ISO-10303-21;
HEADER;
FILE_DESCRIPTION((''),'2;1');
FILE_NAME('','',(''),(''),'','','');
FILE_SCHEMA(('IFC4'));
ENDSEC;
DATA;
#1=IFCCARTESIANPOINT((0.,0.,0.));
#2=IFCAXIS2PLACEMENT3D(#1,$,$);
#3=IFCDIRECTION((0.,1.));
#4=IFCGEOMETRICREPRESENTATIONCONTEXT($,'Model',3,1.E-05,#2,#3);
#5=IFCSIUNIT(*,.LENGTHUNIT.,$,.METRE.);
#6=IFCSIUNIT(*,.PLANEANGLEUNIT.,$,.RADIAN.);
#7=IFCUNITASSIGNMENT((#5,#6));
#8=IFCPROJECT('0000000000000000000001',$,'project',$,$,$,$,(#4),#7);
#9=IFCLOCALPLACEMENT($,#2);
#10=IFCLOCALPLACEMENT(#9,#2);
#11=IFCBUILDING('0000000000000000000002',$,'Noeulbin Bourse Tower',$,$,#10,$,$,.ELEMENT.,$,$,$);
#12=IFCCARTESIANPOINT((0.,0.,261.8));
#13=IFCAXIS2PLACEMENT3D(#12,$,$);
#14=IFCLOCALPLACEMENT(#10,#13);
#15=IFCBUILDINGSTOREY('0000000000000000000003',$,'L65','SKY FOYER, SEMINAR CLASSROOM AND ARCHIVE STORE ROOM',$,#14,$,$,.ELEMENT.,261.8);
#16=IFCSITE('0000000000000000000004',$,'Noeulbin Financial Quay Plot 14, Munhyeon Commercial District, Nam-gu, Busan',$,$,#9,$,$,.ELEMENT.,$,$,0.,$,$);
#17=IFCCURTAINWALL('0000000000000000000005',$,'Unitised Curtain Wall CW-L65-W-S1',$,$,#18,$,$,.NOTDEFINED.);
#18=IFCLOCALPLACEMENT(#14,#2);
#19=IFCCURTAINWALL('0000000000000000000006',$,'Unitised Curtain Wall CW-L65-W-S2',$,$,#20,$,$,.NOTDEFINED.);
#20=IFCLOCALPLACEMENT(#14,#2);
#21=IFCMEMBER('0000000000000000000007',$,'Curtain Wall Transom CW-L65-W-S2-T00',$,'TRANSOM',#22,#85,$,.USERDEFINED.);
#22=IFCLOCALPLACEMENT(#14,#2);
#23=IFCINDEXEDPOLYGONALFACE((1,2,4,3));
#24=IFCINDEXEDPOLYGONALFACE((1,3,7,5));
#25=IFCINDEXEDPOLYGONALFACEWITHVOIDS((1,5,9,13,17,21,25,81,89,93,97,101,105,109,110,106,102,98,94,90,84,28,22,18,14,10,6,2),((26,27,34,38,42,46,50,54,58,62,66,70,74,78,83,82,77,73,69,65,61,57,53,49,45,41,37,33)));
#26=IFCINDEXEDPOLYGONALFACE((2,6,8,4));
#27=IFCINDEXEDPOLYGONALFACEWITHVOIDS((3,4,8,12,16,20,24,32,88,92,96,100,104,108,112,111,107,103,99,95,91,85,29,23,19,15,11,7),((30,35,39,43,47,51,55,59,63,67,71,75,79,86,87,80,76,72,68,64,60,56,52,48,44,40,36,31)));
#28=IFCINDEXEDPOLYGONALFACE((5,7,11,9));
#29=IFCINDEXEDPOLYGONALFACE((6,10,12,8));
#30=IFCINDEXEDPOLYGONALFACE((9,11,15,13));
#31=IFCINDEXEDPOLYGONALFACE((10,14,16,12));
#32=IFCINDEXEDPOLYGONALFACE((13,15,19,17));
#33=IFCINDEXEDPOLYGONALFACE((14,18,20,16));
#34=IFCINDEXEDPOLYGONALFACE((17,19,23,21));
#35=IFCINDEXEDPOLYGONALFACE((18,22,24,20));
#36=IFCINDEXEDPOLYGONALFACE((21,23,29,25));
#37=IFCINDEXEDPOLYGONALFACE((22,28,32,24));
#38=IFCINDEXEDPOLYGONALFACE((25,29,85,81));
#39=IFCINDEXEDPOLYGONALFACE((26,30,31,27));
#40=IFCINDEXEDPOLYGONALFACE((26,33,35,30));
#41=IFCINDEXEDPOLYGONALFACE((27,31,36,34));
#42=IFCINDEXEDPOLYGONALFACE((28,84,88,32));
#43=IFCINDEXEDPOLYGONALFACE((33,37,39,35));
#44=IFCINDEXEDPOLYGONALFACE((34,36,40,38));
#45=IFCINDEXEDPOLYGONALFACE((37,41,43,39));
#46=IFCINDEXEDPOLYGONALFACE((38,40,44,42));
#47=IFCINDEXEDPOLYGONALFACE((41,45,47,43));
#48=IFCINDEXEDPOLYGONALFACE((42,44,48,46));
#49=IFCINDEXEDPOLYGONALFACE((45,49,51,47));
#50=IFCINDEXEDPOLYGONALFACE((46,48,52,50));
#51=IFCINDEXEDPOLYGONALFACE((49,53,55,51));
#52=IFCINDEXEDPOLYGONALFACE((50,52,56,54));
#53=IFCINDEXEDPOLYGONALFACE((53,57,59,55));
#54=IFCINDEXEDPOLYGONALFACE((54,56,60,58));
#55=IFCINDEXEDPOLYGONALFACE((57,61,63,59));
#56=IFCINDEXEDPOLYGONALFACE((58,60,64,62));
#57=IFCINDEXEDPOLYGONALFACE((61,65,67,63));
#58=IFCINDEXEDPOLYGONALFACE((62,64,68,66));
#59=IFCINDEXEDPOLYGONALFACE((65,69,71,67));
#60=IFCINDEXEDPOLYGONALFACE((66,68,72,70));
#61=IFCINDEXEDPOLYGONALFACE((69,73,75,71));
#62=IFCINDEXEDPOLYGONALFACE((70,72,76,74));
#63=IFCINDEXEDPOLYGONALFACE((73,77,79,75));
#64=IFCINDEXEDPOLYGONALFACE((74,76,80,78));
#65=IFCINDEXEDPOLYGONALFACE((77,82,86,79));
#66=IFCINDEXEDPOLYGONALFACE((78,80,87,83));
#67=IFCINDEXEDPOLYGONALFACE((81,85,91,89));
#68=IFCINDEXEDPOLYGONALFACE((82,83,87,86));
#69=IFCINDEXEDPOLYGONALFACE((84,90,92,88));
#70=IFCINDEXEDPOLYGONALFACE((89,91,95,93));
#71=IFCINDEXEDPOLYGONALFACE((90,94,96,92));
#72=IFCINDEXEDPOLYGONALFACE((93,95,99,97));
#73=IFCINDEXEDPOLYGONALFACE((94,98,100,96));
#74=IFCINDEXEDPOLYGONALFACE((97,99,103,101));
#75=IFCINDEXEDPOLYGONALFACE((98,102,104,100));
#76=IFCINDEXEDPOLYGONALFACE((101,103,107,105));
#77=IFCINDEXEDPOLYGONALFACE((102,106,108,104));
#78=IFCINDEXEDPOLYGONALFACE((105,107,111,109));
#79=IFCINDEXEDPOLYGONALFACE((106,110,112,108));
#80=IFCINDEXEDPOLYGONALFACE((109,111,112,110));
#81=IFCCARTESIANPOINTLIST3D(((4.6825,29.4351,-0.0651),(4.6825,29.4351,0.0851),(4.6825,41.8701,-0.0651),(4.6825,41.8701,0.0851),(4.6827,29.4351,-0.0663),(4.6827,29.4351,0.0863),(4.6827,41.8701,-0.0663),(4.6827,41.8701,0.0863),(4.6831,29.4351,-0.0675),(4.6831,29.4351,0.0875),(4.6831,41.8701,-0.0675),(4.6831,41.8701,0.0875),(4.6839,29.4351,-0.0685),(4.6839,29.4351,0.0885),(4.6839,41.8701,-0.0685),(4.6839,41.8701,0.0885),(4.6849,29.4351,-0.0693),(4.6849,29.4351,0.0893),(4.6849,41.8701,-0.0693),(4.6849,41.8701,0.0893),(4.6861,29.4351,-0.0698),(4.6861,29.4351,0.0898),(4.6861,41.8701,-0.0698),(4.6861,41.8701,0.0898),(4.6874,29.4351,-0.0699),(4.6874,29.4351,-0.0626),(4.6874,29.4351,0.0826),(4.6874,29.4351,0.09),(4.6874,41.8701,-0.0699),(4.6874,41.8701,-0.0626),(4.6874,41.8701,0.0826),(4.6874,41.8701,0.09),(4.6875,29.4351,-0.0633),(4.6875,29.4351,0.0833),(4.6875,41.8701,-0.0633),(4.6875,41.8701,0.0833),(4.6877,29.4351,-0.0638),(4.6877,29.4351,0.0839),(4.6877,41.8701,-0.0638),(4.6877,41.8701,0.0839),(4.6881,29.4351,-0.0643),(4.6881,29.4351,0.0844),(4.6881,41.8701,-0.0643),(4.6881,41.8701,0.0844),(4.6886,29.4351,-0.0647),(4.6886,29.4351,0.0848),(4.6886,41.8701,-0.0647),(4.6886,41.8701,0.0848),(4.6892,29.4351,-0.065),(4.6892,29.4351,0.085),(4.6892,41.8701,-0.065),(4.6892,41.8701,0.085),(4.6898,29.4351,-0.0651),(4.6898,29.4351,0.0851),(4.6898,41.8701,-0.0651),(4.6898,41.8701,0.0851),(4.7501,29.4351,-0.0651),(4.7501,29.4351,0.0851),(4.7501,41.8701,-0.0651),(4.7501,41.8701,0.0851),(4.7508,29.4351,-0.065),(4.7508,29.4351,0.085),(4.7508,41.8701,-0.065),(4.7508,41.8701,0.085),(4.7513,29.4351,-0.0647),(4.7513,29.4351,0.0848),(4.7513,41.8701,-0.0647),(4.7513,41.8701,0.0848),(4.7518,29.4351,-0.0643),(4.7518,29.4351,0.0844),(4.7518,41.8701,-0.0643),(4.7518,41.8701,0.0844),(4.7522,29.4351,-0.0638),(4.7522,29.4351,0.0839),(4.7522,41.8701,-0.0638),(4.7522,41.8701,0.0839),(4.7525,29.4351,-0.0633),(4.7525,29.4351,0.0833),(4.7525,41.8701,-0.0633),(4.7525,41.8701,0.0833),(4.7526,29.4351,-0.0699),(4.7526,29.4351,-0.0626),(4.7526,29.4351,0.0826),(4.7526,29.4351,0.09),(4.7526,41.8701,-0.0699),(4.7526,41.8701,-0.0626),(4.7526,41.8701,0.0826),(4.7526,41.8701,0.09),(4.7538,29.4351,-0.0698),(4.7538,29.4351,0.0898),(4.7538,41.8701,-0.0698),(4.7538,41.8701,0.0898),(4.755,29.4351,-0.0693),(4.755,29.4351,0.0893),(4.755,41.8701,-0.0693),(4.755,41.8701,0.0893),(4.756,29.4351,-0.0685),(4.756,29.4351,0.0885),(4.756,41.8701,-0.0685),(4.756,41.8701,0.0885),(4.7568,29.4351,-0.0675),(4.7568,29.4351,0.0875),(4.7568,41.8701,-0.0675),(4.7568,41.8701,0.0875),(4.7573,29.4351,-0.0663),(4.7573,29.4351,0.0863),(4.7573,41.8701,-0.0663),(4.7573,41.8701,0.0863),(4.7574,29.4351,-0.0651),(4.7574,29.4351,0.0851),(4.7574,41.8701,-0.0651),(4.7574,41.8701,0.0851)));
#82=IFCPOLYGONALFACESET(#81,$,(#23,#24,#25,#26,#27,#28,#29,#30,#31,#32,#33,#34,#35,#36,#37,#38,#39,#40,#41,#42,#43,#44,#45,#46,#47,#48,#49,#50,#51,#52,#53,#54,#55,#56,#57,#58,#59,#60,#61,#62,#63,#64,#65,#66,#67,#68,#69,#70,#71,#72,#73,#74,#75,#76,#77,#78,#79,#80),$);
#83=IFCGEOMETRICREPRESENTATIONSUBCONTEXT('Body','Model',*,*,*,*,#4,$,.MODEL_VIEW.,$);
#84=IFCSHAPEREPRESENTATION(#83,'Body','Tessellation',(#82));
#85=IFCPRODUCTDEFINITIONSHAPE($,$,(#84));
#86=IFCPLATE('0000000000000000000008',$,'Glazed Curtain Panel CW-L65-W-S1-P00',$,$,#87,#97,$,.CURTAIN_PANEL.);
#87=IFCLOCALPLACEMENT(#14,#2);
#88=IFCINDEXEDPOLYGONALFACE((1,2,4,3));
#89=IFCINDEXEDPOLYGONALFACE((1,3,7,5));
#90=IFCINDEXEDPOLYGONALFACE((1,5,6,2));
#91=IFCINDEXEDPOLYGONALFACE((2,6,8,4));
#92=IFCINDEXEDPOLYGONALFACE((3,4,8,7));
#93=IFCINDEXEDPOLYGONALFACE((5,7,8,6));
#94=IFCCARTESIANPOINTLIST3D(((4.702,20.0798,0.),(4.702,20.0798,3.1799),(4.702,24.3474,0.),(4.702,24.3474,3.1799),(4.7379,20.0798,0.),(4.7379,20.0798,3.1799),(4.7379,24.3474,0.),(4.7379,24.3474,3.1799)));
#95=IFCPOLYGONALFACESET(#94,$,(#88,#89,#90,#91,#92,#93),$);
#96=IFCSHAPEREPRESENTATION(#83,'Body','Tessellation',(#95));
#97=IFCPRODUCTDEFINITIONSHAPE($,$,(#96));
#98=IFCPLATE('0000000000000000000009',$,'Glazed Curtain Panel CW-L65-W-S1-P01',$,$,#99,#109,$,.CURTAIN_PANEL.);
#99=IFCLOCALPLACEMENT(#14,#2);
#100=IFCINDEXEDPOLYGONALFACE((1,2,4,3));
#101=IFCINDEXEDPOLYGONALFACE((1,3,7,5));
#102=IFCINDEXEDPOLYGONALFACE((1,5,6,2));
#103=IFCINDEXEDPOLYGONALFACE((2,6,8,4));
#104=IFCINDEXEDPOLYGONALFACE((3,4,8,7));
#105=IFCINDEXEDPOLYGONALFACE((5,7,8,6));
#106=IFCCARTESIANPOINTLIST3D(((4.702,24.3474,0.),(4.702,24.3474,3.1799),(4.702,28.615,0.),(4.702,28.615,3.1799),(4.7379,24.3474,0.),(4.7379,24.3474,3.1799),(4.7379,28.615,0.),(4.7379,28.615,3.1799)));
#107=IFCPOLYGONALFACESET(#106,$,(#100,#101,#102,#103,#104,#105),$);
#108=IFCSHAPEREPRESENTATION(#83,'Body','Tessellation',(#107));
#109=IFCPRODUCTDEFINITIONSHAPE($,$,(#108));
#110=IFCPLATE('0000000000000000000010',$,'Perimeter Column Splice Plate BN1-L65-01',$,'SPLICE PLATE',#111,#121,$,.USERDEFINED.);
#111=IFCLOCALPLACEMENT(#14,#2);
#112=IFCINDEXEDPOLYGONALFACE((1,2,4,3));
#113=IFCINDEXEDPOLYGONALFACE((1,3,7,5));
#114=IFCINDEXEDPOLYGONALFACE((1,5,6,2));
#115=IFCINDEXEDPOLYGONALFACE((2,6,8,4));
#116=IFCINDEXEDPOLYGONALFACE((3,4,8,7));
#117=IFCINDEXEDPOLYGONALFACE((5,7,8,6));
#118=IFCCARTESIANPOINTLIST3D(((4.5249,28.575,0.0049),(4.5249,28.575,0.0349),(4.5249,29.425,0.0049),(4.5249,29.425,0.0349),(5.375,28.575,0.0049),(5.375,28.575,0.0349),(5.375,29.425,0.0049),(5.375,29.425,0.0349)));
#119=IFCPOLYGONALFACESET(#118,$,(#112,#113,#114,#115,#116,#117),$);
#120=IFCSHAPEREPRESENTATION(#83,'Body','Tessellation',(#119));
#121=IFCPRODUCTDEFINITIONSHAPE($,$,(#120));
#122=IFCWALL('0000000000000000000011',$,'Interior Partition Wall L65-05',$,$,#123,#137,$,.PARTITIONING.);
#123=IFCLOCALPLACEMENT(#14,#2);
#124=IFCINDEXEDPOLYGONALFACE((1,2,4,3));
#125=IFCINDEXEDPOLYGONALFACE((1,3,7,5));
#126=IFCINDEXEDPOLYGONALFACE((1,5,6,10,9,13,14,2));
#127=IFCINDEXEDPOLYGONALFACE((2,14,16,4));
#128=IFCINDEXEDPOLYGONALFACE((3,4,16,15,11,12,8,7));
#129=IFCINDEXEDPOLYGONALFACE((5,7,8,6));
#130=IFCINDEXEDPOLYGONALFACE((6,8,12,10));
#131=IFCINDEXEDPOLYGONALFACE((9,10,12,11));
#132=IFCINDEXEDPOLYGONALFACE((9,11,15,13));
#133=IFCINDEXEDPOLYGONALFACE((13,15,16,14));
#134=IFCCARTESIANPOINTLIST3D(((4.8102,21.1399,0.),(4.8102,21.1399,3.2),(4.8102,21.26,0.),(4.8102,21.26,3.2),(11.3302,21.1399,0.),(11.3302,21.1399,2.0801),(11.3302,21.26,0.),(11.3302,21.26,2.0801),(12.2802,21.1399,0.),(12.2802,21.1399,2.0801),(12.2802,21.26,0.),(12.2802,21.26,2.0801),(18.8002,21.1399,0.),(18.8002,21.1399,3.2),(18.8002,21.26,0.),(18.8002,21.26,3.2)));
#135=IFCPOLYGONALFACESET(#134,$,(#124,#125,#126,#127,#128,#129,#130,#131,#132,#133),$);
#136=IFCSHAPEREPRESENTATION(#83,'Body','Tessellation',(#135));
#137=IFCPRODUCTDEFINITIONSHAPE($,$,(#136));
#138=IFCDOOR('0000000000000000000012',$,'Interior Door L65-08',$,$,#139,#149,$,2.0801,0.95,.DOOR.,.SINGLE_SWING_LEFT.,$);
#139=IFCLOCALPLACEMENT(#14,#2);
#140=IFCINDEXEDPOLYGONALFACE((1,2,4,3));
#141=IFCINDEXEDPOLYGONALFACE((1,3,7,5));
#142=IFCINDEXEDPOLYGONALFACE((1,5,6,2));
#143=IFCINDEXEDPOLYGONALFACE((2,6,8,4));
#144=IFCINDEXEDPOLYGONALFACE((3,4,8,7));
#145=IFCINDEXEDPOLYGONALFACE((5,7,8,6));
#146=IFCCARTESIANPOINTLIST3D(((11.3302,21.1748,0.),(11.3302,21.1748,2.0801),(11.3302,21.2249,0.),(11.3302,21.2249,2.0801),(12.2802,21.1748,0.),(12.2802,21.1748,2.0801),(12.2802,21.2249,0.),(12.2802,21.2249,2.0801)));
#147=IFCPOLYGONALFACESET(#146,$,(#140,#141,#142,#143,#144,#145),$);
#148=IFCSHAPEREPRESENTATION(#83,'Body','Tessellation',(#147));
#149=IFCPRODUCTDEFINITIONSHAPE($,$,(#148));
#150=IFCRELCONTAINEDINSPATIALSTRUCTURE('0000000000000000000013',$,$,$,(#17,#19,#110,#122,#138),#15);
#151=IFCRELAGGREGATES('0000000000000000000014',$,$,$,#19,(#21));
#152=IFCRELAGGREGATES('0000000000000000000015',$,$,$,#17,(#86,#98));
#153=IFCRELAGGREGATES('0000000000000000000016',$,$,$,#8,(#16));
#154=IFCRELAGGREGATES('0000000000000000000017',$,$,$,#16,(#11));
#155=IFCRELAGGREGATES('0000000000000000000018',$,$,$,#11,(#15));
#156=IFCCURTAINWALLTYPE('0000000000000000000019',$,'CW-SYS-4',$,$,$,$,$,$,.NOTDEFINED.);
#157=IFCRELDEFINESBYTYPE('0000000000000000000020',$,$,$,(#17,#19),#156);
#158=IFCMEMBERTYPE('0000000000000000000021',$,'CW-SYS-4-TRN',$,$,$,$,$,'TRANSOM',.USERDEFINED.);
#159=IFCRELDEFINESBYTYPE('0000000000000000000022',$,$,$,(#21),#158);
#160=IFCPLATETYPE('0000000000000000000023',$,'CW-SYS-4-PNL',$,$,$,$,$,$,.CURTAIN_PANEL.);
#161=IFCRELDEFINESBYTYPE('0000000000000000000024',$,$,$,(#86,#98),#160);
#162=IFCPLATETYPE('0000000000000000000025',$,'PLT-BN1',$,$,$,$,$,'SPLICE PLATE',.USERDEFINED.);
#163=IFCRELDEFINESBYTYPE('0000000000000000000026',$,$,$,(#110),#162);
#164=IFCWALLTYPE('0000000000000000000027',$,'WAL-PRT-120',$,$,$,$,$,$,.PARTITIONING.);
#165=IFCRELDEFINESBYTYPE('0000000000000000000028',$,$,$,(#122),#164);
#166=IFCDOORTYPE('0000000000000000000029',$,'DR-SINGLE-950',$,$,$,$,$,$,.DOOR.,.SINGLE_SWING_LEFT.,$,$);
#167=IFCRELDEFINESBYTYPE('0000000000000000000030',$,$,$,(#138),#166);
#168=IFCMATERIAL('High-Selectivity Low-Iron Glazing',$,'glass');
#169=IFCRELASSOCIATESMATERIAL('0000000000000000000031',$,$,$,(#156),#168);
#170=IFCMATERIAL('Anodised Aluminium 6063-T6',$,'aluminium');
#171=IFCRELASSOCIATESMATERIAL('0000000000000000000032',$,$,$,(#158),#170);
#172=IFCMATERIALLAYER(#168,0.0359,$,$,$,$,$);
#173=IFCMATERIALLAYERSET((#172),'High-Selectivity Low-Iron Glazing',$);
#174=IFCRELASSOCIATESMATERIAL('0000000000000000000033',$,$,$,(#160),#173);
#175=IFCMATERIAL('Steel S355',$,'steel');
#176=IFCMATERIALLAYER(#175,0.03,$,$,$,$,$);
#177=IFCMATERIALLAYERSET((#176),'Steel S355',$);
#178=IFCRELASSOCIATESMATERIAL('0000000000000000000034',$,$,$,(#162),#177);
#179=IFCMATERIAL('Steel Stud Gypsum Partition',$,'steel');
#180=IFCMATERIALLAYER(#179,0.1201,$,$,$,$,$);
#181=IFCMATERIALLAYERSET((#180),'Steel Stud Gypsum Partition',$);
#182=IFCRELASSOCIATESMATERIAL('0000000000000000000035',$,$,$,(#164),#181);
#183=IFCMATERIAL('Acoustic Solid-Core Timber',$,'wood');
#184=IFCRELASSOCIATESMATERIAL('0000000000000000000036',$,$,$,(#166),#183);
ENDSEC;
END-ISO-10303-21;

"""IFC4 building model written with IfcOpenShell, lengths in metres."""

from ifc_helpers import new_model, si_unit, direction, frame, frame_2d, origin, origin_2d, place, context, subcontext, project, spatial, rectangle, hollow_rectangle, extrude, material, layer, layer_set, material_profile, profile_set, type_object, element, fill, aggregate, save


model = new_model("IFC4")

# Units and contexts
model_context = context("Model", 3, precision=1e-05, world=origin(), true_north=direction((0.0, 1.0)))
body_context = subcontext(model_context, "Body", "Model", "MODEL_VIEW")
ifc_project = project(units=[si_unit("LENGTHUNIT", "METRE"), si_unit("PLANEANGLEUNIT", "RADIAN")], contexts=[model_context])

# Site, building, storey
site_placement = place(None, origin())
site = spatial("IfcSite", under=ifc_project, at=site_placement, Name="Noeulbin Financial Quay Plot 14, Munhyeon Commercial District, Nam-gu, Busan", CompositionType="ELEMENT", RefElevation=0.0)
building_placement = place(site_placement, origin())
building = spatial("IfcBuilding", under=site, at=building_placement, Name="Noeulbin Bourse Tower", CompositionType="ELEMENT")
storey_placement = place(building_placement, frame((0.0, 0.0, 261.8)))
storey = spatial("IfcBuildingStorey", under=building, at=storey_placement, Name="L65", Description="SKY FOYER, SEMINAR CLASSROOM AND ARCHIVE STORE ROOM", CompositionType="ELEMENT", Elevation=261.8)

# Shared definitions
ifc_material_1 = material(Name="Steel S355", Category="steel")

# Curtain wall
ifc_material_2 = material(Name="High-Selectivity Low-Iron Glazing", Category="glass")
curtain_wall_type = type_object("IfcCurtainWallType", Name="CW-SYS-4", PredefinedType="NOTDEFINED", material=ifc_material_2)
curtain_wall_1_placement = place(storey_placement, origin())
curtain_wall_1 = element("IfcCurtainWall", 1, at=curtain_wall_1_placement, inside=storey, type_object=curtain_wall_type, Name="Unitised Curtain Wall CW-L65-W-S1", PredefinedType="NOTDEFINED")
ifc_material_3 = material(Name="Anodised Aluminium 6063-T6", Category="aluminium")

# Curtain wall
curtain_wall_2_placement = place(storey_placement, origin())
curtain_wall_2 = element("IfcCurtainWall", 2, at=curtain_wall_2_placement, inside=storey, type_object=curtain_wall_type, Name="Unitised Curtain Wall CW-L65-W-S2", PredefinedType="NOTDEFINED")

# Member
ifc_material_profile_1 = material_profile(ifc_material_3, hollow_rectangle(XDim=0.075, YDim=0.1599, WallThickness=0.0049, InnerFilletRadius=0.0024, OuterFilletRadius=0.0049, at=origin_2d()), Name="ALU-TRAN-75x160x5", Category="LoadBearing")
ifc_profile_set_1 = profile_set([ifc_material_profile_1], Name="Anodised Aluminium 6063-T6")
member_type_1 = type_object("IfcMemberType", Name="CW-SYS-4-TRN", ElementType="TRANSOM", PredefinedType="USERDEFINED", material=ifc_profile_set_1)
member_1_placement = place(storey_placement, frame((4.72, 29.4351, 0.01), z_axis=(0.0, 1.0, 0.0), x_axis=(-1.0, 0.0, 0.0)))
member_1 = element("IfcMember", 3, at=member_1_placement, type_object=member_type_1, Name="Curtain Wall Transom CW-L65-W-S2-T00", ObjectType="TRANSOM", PredefinedType="USERDEFINED", context=body_context, shape_type="SweptSolid", body=[
    extrude(hollow_rectangle(XDim=0.075, YDim=0.1599, WallThickness=0.0049, InnerFilletRadius=0.0024, OuterFilletRadius=0.0049, at=origin_2d()), origin(), (0.0, 0.0, 1.0), 12.4351),
])
aggregate(curtain_wall_2, [member_1])

# Plates
ifc_layer_1 = layer(ifc_material_2, 0.0359)
ifc_layer_set_1 = layer_set([ifc_layer_1], Name="High-Selectivity Low-Iron Glazing")
plate_type_1 = type_object("IfcPlateType", Name="CW-SYS-4-PNL", PredefinedType="CURTAIN_PANEL", material=ifc_layer_set_1)
plate_1_placement = place(storey_placement, frame((4.72, 22.2136, 0.0), z_axis=(0.0, 0.0, 1.0), x_axis=(0.0, 1.0, 0.0)))
plate_1 = element("IfcPlate", 4, at=plate_1_placement, type_object=plate_type_1, Name="Glazed Curtain Panel CW-L65-W-S1-P00", PredefinedType="CURTAIN_PANEL", context=body_context, shape_type="SweptSolid", body=[
    extrude(rectangle(XDim=4.2676, YDim=0.0359, at=origin_2d()), origin(), (0.0, 0.0, 1.0), 3.1799),
])
plate_2_placement = place(storey_placement, frame((4.72, 26.4812, 0.0), z_axis=(0.0, 0.0, 1.0), x_axis=(0.0, 1.0, 0.0)))
plate_2 = element("IfcPlate", 5, at=plate_2_placement, type_object=plate_type_1, Name="Glazed Curtain Panel CW-L65-W-S1-P01", PredefinedType="CURTAIN_PANEL", context=body_context, shape_type="SweptSolid", body=[
    extrude(rectangle(XDim=4.2676, YDim=0.0359, at=origin_2d()), origin(), (0.0, 0.0, 1.0), 3.1799),
])
aggregate(curtain_wall_1, [plate_1, plate_2])
ifc_layer_2 = layer(ifc_material_1, 0.03)
ifc_layer_set_2 = layer_set([ifc_layer_2], Name="Steel S355")
plate_type_2 = type_object("IfcPlateType", Name="PLT-BN1", ElementType="SPLICE PLATE", PredefinedType="USERDEFINED", material=ifc_layer_set_2)
plate_3_placement = place(storey_placement, frame((4.95, 29.0, 0.0049), z_axis=(0.0, 0.0, 1.0), x_axis=(1.0, 0.0, 0.0)))
element("IfcPlate", 6, at=plate_3_placement, inside=storey, type_object=plate_type_2, Name="Perimeter Column Splice Plate BN1-L65-01", ObjectType="SPLICE PLATE", PredefinedType="USERDEFINED", context=body_context, shape_type="SweptSolid", body=[
    extrude(rectangle(XDim=0.8501, YDim=0.8501, at=origin_2d()), origin(), (0.0, 0.0, 1.0), 0.03),
])

# Wall, opening, door
ifc_material_4 = material(Name="Steel Stud Gypsum Partition", Category="steel")
ifc_layer_3 = layer(ifc_material_4, 0.1201)
ifc_layer_set_3 = layer_set([ifc_layer_3], Name="Steel Stud Gypsum Partition")
wall_type_1 = type_object("IfcWallType", Name="WAL-PRT-120", PredefinedType="PARTITIONING", material=ifc_layer_set_3)
wall_1_placement = place(storey_placement, frame((4.8101, 21.2, 0.0), z_axis=(0.0, 0.0, 1.0), x_axis=(1.0, 0.0, 0.0)))
wall_1 = element("IfcWall", 7, at=wall_1_placement, inside=storey, type_object=wall_type_1, Name="Interior Partition Wall L65-05", PredefinedType="PARTITIONING", context=body_context, shape_type="SweptSolid", body=[
    extrude(rectangle(XDim=13.99, YDim=0.1201, at=frame_2d((6.9951, 0.0))), origin(), (0.0, 0.0, 1.0), 3.2),
])
opening_1_placement = place(wall_1_placement, frame((6.52, 0.0, 0.0)))
opening_1 = element("IfcOpeningElement", 8, at=opening_1_placement, cuts=wall_1, PredefinedType="OPENING", context=body_context, shape_type="SweptSolid", body=[
    extrude(rectangle(XDim=0.95, YDim=2.0801, at=frame_2d((0.4751, 1.04))), frame((0.0, 0.0701, 0.0), z_axis=(0.0, -1.0, 0.0), x_axis=(1.0, 0.0, 0.0)), (0.0, 0.0, 1.0), 0.1401),
])
ifc_material_5 = material(Name="Acoustic Solid-Core Timber", Category="wood")
door_type = type_object("IfcDoorType", Name="DR-SINGLE-950", OperationType="SINGLE_SWING_LEFT", PredefinedType="DOOR", material=ifc_material_5)
door_1_placement = place(opening_1_placement, origin())
door_1 = element("IfcDoor", 9, at=door_1_placement, inside=storey, type_object=door_type, Name="Interior Door L65-08", OperationType="SINGLE_SWING_LEFT", OverallHeight=2.0801, OverallWidth=0.95, PredefinedType="DOOR", context=body_context, shape_type="SweptSolid", body=[
    extrude(rectangle(XDim=0.95, YDim=2.0801, at=frame_2d((0.4751, 1.04))), frame((0.0, 0.0249, 0.0), z_axis=(0.0, -1.0, 0.0), x_axis=(1.0, 0.0, 0.0)), (0.0, 0.0, 1.0), 0.05),
])
fill(opening_1, door_1)

save(model, "model.ifc")
